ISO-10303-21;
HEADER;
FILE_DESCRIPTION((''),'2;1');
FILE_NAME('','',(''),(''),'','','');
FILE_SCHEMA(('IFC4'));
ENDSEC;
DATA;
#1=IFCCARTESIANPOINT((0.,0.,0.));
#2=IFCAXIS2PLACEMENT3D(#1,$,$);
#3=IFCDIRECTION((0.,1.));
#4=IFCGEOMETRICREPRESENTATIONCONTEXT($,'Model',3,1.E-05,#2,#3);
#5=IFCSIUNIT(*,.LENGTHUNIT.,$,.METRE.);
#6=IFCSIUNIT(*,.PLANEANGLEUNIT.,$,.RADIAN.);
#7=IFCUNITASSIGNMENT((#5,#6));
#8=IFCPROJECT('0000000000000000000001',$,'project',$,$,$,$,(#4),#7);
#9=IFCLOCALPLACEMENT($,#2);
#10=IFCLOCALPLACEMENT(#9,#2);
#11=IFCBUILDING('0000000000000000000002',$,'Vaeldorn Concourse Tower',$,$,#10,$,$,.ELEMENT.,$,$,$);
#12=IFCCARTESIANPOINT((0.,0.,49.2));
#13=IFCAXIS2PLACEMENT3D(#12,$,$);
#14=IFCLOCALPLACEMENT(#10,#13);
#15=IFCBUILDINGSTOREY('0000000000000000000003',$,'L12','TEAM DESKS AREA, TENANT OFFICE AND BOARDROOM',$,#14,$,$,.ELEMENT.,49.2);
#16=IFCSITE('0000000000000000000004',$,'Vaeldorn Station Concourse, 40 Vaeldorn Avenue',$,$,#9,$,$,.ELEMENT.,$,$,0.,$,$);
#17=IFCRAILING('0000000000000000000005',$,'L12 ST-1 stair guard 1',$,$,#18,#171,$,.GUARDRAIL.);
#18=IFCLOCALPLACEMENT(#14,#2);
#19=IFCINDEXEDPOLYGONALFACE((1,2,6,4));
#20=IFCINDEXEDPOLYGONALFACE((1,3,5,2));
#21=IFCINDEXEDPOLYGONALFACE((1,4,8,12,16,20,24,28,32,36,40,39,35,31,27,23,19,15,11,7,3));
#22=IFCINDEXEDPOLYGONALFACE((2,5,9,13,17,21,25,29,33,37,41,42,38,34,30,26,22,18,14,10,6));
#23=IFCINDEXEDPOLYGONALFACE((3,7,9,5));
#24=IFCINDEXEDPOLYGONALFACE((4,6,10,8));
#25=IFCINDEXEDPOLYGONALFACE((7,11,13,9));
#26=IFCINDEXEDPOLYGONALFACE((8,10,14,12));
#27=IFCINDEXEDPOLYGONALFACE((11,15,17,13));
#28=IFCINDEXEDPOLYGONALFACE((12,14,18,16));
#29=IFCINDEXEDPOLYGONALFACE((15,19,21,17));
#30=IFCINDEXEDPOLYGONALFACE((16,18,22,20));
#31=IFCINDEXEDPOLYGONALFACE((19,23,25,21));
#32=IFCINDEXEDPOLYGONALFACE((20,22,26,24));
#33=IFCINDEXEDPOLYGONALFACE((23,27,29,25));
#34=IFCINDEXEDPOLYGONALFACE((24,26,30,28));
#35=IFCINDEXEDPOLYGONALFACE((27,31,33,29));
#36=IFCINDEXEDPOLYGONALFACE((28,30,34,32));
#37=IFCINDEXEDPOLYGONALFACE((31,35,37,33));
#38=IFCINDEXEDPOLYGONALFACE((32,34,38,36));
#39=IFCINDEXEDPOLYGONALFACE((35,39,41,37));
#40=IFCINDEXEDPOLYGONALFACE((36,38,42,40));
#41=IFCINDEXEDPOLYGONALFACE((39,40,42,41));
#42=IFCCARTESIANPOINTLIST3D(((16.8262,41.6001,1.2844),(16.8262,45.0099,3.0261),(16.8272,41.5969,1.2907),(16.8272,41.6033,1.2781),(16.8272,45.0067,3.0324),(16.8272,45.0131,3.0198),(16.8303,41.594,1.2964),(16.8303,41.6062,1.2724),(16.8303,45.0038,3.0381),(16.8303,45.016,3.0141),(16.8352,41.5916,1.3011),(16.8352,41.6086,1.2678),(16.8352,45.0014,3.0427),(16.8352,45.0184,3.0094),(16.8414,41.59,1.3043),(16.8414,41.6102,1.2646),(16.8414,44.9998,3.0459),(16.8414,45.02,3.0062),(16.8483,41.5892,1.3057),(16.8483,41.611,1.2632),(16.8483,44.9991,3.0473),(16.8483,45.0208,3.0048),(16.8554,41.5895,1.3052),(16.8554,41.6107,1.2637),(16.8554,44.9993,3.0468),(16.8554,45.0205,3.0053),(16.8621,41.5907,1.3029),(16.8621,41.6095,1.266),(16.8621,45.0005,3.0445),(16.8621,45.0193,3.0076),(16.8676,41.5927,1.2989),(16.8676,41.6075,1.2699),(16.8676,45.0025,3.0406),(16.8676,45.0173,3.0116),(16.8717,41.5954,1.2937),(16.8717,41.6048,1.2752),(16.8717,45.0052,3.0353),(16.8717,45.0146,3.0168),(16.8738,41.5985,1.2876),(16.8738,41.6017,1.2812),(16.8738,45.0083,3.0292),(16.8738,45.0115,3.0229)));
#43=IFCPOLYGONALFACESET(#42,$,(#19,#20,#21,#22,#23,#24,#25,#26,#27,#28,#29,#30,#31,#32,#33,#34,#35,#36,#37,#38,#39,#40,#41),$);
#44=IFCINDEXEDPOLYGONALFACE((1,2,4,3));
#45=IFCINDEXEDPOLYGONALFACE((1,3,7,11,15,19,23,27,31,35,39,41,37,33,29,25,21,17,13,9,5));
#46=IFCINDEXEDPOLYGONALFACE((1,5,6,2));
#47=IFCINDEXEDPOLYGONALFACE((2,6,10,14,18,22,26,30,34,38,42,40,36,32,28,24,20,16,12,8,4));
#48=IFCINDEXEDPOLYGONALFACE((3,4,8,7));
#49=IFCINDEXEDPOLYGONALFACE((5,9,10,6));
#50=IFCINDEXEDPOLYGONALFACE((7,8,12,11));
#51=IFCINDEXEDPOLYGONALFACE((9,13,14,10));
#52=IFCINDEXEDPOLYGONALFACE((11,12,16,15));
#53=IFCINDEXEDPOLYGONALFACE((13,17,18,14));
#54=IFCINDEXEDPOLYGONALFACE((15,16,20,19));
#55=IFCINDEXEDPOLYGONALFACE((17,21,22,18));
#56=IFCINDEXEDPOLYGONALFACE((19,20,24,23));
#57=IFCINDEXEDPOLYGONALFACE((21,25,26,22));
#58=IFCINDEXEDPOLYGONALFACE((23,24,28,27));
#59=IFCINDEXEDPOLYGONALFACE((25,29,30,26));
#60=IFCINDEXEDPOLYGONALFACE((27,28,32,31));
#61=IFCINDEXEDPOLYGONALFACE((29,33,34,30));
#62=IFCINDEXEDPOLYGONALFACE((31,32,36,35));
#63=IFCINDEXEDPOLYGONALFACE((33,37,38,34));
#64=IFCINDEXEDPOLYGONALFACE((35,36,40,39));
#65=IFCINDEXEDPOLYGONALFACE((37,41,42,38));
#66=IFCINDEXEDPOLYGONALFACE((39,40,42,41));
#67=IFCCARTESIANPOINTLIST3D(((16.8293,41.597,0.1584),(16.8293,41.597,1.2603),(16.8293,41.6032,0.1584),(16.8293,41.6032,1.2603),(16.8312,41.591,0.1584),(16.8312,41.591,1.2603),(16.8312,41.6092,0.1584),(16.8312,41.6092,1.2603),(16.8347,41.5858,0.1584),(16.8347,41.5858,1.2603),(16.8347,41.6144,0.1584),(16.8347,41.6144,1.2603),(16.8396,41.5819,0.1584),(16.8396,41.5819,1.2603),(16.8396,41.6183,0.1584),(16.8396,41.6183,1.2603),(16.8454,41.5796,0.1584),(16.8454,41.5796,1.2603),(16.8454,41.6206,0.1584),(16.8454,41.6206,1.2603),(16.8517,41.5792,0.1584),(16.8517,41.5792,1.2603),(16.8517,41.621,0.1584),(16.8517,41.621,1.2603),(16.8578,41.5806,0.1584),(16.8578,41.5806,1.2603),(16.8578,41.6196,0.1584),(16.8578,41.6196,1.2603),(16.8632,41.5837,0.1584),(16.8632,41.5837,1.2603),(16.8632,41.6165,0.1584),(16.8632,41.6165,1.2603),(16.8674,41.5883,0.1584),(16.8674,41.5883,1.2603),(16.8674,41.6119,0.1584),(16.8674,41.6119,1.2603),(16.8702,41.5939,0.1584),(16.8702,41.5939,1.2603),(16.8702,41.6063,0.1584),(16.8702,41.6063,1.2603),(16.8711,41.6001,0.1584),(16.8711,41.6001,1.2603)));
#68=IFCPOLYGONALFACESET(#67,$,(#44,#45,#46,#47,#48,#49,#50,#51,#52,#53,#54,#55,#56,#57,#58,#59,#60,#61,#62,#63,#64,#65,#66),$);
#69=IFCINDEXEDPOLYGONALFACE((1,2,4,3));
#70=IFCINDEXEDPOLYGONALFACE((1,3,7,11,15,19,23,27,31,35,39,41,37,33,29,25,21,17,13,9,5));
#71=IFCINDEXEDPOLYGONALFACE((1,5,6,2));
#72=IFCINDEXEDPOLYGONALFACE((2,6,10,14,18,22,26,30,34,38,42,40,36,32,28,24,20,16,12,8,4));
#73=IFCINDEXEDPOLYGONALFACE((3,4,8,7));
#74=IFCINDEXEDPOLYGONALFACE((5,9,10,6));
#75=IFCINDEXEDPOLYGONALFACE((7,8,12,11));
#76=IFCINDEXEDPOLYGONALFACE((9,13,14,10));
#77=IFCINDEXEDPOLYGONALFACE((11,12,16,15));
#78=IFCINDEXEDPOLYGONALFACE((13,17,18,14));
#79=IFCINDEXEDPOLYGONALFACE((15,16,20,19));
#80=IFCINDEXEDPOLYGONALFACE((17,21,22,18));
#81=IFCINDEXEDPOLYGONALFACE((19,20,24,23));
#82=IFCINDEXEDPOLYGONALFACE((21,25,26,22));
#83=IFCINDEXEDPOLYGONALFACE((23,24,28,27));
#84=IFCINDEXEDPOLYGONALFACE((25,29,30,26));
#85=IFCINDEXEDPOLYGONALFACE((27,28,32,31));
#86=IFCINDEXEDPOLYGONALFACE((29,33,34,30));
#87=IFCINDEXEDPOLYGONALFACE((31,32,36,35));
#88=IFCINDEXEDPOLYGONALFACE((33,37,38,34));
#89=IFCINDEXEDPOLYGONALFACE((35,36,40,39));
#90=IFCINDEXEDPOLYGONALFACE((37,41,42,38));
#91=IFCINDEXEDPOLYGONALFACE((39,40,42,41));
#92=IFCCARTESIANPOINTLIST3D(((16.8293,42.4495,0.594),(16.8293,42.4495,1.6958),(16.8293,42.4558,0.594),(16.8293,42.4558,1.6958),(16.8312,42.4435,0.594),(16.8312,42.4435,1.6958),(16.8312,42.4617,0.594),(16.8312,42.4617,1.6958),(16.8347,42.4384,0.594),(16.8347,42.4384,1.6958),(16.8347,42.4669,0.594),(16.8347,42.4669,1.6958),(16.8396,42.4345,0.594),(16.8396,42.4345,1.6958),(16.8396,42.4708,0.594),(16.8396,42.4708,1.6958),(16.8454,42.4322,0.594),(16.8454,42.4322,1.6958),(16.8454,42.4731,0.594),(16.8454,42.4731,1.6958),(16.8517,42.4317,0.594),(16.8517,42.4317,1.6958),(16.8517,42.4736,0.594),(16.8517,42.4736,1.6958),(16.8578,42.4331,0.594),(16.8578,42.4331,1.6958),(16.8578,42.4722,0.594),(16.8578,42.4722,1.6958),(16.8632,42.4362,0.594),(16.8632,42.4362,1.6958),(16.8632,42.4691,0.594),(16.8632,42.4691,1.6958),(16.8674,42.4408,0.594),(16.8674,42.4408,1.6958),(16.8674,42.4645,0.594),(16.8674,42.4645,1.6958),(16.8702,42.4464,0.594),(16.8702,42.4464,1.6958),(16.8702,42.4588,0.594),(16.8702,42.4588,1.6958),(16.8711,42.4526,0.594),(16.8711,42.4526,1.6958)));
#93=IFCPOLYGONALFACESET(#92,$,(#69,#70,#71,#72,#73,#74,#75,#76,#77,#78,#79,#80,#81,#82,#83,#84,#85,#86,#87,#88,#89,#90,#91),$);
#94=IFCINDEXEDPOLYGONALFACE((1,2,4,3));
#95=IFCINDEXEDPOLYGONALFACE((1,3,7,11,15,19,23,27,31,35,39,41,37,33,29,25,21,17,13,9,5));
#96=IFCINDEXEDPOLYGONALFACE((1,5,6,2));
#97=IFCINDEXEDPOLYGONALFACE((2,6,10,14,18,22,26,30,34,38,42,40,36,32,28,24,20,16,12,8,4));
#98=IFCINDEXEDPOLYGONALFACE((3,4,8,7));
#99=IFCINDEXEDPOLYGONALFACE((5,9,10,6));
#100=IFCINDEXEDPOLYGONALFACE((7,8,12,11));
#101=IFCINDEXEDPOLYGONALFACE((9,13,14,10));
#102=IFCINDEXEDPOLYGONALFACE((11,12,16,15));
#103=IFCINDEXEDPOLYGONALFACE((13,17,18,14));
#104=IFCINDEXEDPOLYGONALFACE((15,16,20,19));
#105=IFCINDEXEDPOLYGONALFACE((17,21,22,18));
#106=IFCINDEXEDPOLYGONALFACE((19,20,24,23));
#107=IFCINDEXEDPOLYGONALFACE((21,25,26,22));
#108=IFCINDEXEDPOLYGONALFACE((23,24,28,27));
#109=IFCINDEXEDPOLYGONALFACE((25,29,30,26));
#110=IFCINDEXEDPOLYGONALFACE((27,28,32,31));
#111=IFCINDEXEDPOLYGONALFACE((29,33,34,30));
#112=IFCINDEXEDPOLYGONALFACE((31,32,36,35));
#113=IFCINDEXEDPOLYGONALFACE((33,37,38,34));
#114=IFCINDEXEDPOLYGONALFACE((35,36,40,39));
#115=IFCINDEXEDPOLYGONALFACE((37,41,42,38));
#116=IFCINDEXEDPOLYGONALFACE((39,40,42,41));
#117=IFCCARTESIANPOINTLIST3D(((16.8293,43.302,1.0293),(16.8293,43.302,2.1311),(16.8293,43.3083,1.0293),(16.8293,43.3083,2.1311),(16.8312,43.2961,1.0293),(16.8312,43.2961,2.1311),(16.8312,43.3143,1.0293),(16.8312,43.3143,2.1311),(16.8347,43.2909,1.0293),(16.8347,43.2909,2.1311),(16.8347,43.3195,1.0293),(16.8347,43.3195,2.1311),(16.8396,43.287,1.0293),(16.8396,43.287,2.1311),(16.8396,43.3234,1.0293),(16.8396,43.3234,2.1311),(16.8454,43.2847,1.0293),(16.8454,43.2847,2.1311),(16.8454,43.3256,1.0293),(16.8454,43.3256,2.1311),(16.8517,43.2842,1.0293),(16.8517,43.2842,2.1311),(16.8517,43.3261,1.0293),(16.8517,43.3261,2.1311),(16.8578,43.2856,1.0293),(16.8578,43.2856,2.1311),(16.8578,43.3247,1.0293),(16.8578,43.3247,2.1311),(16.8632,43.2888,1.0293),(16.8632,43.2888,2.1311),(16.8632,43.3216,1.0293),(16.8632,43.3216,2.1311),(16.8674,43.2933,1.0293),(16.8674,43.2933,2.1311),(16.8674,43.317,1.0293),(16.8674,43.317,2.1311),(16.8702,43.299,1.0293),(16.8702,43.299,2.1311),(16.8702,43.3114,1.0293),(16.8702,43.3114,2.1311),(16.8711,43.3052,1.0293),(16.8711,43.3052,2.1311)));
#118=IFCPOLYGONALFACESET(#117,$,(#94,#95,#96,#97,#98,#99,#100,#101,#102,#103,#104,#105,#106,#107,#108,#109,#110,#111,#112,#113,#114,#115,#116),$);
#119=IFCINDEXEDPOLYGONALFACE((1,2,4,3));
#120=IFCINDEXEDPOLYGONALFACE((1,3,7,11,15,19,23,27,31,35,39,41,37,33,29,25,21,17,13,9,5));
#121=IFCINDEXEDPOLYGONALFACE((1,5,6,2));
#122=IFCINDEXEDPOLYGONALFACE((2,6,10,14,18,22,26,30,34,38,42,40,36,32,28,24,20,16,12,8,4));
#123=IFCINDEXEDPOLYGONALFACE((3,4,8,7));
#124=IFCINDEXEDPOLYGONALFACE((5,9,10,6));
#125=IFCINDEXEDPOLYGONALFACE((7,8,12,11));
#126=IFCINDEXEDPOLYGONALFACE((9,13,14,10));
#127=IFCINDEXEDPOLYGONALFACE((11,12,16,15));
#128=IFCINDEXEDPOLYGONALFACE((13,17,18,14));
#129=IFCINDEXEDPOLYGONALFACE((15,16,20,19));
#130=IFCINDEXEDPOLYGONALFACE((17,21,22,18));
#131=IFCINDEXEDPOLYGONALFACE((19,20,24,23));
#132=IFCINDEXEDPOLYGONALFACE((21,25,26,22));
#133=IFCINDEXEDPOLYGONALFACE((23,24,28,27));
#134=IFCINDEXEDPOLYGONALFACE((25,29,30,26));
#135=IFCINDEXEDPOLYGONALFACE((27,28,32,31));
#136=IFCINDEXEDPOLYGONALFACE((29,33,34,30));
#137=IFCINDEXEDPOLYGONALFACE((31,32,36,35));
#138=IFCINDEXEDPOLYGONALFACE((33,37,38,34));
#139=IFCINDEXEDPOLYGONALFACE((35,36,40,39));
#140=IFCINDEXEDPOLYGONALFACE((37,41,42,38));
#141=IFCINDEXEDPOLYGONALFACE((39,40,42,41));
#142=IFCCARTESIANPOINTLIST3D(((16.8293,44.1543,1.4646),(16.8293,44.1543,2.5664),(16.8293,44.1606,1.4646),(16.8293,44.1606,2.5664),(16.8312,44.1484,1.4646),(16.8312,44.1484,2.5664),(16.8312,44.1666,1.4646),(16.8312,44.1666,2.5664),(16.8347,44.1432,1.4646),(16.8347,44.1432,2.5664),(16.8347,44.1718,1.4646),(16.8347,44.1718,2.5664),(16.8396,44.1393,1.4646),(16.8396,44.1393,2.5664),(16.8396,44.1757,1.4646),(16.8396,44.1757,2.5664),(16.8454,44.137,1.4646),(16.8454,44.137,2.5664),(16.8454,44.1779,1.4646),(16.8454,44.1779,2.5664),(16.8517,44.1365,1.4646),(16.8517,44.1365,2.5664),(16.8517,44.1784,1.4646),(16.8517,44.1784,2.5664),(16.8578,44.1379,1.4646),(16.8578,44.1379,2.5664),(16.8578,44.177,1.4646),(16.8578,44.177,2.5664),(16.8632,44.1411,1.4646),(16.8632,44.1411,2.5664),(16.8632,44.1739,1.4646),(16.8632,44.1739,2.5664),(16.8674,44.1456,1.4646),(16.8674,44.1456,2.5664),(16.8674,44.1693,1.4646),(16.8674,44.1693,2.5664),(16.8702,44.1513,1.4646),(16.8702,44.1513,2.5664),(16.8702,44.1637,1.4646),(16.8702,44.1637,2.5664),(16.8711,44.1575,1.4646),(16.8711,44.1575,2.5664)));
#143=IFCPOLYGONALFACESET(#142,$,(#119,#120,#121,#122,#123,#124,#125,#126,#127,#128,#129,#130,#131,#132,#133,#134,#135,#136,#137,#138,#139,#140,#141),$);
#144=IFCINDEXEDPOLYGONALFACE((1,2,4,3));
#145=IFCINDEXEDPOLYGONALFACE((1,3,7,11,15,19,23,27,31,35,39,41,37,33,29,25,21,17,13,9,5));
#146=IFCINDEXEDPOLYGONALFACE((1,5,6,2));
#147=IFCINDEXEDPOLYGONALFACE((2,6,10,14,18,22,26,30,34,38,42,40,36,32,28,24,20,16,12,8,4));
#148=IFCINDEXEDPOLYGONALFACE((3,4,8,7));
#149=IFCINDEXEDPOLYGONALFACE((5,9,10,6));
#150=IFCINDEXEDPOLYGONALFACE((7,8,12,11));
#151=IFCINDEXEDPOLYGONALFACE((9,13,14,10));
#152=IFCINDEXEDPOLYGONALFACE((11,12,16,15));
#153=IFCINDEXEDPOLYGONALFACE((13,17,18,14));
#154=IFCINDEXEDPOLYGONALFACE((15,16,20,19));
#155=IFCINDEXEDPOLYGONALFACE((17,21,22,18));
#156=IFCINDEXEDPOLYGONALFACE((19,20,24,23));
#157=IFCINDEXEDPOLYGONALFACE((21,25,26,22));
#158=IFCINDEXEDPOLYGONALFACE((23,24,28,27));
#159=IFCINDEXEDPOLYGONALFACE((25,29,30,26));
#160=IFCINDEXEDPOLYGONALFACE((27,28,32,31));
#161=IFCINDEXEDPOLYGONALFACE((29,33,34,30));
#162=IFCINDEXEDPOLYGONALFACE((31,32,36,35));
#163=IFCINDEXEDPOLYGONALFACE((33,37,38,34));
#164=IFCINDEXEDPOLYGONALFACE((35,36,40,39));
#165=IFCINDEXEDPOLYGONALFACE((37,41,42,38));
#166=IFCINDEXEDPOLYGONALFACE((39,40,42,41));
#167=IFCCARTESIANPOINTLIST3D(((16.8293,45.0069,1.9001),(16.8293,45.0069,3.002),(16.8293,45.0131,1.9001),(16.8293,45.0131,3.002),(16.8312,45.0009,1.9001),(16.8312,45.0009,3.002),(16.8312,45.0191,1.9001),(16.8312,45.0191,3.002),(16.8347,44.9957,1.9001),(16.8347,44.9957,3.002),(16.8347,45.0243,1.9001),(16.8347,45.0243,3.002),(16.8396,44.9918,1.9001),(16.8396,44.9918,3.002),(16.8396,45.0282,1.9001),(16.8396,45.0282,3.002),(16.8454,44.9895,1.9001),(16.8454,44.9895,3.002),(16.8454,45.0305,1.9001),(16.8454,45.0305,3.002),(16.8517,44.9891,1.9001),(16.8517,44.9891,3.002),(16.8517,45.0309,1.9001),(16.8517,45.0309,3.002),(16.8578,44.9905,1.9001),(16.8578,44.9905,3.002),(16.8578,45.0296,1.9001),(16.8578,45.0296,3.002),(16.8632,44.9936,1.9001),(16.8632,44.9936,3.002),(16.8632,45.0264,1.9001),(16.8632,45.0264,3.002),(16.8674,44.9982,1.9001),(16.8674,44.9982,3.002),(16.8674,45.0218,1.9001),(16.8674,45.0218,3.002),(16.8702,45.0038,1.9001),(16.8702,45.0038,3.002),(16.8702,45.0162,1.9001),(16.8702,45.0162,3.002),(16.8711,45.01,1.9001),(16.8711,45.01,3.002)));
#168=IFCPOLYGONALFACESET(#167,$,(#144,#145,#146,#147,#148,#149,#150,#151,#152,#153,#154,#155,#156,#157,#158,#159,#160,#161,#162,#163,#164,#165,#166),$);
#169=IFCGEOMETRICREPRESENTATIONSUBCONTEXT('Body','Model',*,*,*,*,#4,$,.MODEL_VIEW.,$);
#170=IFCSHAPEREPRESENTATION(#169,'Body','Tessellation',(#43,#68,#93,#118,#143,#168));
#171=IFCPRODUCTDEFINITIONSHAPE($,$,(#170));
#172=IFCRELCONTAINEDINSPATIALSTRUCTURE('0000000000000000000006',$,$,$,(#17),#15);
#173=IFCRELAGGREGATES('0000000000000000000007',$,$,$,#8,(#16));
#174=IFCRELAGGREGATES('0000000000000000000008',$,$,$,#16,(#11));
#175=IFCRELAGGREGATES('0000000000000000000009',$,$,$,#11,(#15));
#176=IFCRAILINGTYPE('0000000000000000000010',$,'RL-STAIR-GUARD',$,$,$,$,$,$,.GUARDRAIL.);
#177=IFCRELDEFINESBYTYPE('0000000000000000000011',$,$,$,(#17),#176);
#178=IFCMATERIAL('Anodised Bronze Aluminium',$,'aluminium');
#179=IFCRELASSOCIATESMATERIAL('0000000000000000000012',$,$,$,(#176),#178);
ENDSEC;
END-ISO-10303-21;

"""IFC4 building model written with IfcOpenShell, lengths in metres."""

from ifc_helpers import new_model, si_unit, direction, frame, origin, origin_2d, place, context, subcontext, project, spatial, circle, extrude, material, type_object, element, save


model = new_model("IFC4")

# Units and contexts
model_context = context("Model", 3, precision=1e-05, world=origin(), true_north=direction((0.0, 1.0)))
body_context = subcontext(model_context, "Body", "Model", "MODEL_VIEW")
ifc_project = project(units=[si_unit("LENGTHUNIT", "METRE"), si_unit("PLANEANGLEUNIT", "RADIAN")], contexts=[model_context])

# Site, building, storey
site_placement = place(None, origin())
site = spatial("IfcSite", under=ifc_project, at=site_placement, Name="Vaeldorn Station Concourse, 40 Vaeldorn Avenue", CompositionType="ELEMENT", RefElevation=0.0)
building_placement = place(site_placement, origin())
building = spatial("IfcBuilding", under=site, at=building_placement, Name="Vaeldorn Concourse Tower", CompositionType="ELEMENT")
storey_placement = place(building_placement, frame((0.0, 0.0, 49.2)))
storey = spatial("IfcBuildingStorey", under=building, at=storey_placement, Name="L12", Description="TEAM DESKS AREA, TENANT OFFICE AND BOARDROOM", CompositionType="ELEMENT", Elevation=49.2)

# Shared definitions
ifc_material_1 = material(Name="Anodised Bronze Aluminium", Category="aluminium")

# Railing
railing_type_1 = type_object("IfcRailingType", Name="RL-STAIR-GUARD", PredefinedType="GUARDRAIL", material=ifc_material_1)
railing_1_placement = place(storey_placement, frame((16.8501, 41.6001, 0.1584)))
element("IfcRailing", 1, at=railing_1_placement, inside=storey, type_object=railing_type_1, Name="L12 ST-1 stair guard 1", PredefinedType="GUARDRAIL", context=body_context, shape_type="SweptSolid", body=[
    extrude(circle(Radius=0.0239, at=origin_2d()), frame((0.0, 0.0, 1.126), z_axis=(0.0, 0.890556, 0.454874), x_axis=(-1.0, 0.0, 0.0)), (0.0, 0.0, 1.0), 3.8289),
    extrude(circle(Radius=0.021, at=origin_2d()), origin(), (0.0, 0.0, 1.0), 1.1018),
    extrude(circle(Radius=0.021, at=origin_2d()), frame((0.0, 0.8525, 0.4355)), (0.0, 0.0, 1.0), 1.1018),
    extrude(circle(Radius=0.021, at=origin_2d()), frame((0.0, 1.7051, 0.8708)), (0.0, 0.0, 1.0), 1.1018),
    extrude(circle(Radius=0.021, at=origin_2d()), frame((0.0, 2.5574, 1.3062)), (0.0, 0.0, 1.0), 1.1018),
    extrude(circle(Radius=0.021, at=origin_2d()), frame((0.0, 3.4099, 1.7417)), (0.0, 0.0, 1.0), 1.1018),
])

save(model, "model.ifc")
